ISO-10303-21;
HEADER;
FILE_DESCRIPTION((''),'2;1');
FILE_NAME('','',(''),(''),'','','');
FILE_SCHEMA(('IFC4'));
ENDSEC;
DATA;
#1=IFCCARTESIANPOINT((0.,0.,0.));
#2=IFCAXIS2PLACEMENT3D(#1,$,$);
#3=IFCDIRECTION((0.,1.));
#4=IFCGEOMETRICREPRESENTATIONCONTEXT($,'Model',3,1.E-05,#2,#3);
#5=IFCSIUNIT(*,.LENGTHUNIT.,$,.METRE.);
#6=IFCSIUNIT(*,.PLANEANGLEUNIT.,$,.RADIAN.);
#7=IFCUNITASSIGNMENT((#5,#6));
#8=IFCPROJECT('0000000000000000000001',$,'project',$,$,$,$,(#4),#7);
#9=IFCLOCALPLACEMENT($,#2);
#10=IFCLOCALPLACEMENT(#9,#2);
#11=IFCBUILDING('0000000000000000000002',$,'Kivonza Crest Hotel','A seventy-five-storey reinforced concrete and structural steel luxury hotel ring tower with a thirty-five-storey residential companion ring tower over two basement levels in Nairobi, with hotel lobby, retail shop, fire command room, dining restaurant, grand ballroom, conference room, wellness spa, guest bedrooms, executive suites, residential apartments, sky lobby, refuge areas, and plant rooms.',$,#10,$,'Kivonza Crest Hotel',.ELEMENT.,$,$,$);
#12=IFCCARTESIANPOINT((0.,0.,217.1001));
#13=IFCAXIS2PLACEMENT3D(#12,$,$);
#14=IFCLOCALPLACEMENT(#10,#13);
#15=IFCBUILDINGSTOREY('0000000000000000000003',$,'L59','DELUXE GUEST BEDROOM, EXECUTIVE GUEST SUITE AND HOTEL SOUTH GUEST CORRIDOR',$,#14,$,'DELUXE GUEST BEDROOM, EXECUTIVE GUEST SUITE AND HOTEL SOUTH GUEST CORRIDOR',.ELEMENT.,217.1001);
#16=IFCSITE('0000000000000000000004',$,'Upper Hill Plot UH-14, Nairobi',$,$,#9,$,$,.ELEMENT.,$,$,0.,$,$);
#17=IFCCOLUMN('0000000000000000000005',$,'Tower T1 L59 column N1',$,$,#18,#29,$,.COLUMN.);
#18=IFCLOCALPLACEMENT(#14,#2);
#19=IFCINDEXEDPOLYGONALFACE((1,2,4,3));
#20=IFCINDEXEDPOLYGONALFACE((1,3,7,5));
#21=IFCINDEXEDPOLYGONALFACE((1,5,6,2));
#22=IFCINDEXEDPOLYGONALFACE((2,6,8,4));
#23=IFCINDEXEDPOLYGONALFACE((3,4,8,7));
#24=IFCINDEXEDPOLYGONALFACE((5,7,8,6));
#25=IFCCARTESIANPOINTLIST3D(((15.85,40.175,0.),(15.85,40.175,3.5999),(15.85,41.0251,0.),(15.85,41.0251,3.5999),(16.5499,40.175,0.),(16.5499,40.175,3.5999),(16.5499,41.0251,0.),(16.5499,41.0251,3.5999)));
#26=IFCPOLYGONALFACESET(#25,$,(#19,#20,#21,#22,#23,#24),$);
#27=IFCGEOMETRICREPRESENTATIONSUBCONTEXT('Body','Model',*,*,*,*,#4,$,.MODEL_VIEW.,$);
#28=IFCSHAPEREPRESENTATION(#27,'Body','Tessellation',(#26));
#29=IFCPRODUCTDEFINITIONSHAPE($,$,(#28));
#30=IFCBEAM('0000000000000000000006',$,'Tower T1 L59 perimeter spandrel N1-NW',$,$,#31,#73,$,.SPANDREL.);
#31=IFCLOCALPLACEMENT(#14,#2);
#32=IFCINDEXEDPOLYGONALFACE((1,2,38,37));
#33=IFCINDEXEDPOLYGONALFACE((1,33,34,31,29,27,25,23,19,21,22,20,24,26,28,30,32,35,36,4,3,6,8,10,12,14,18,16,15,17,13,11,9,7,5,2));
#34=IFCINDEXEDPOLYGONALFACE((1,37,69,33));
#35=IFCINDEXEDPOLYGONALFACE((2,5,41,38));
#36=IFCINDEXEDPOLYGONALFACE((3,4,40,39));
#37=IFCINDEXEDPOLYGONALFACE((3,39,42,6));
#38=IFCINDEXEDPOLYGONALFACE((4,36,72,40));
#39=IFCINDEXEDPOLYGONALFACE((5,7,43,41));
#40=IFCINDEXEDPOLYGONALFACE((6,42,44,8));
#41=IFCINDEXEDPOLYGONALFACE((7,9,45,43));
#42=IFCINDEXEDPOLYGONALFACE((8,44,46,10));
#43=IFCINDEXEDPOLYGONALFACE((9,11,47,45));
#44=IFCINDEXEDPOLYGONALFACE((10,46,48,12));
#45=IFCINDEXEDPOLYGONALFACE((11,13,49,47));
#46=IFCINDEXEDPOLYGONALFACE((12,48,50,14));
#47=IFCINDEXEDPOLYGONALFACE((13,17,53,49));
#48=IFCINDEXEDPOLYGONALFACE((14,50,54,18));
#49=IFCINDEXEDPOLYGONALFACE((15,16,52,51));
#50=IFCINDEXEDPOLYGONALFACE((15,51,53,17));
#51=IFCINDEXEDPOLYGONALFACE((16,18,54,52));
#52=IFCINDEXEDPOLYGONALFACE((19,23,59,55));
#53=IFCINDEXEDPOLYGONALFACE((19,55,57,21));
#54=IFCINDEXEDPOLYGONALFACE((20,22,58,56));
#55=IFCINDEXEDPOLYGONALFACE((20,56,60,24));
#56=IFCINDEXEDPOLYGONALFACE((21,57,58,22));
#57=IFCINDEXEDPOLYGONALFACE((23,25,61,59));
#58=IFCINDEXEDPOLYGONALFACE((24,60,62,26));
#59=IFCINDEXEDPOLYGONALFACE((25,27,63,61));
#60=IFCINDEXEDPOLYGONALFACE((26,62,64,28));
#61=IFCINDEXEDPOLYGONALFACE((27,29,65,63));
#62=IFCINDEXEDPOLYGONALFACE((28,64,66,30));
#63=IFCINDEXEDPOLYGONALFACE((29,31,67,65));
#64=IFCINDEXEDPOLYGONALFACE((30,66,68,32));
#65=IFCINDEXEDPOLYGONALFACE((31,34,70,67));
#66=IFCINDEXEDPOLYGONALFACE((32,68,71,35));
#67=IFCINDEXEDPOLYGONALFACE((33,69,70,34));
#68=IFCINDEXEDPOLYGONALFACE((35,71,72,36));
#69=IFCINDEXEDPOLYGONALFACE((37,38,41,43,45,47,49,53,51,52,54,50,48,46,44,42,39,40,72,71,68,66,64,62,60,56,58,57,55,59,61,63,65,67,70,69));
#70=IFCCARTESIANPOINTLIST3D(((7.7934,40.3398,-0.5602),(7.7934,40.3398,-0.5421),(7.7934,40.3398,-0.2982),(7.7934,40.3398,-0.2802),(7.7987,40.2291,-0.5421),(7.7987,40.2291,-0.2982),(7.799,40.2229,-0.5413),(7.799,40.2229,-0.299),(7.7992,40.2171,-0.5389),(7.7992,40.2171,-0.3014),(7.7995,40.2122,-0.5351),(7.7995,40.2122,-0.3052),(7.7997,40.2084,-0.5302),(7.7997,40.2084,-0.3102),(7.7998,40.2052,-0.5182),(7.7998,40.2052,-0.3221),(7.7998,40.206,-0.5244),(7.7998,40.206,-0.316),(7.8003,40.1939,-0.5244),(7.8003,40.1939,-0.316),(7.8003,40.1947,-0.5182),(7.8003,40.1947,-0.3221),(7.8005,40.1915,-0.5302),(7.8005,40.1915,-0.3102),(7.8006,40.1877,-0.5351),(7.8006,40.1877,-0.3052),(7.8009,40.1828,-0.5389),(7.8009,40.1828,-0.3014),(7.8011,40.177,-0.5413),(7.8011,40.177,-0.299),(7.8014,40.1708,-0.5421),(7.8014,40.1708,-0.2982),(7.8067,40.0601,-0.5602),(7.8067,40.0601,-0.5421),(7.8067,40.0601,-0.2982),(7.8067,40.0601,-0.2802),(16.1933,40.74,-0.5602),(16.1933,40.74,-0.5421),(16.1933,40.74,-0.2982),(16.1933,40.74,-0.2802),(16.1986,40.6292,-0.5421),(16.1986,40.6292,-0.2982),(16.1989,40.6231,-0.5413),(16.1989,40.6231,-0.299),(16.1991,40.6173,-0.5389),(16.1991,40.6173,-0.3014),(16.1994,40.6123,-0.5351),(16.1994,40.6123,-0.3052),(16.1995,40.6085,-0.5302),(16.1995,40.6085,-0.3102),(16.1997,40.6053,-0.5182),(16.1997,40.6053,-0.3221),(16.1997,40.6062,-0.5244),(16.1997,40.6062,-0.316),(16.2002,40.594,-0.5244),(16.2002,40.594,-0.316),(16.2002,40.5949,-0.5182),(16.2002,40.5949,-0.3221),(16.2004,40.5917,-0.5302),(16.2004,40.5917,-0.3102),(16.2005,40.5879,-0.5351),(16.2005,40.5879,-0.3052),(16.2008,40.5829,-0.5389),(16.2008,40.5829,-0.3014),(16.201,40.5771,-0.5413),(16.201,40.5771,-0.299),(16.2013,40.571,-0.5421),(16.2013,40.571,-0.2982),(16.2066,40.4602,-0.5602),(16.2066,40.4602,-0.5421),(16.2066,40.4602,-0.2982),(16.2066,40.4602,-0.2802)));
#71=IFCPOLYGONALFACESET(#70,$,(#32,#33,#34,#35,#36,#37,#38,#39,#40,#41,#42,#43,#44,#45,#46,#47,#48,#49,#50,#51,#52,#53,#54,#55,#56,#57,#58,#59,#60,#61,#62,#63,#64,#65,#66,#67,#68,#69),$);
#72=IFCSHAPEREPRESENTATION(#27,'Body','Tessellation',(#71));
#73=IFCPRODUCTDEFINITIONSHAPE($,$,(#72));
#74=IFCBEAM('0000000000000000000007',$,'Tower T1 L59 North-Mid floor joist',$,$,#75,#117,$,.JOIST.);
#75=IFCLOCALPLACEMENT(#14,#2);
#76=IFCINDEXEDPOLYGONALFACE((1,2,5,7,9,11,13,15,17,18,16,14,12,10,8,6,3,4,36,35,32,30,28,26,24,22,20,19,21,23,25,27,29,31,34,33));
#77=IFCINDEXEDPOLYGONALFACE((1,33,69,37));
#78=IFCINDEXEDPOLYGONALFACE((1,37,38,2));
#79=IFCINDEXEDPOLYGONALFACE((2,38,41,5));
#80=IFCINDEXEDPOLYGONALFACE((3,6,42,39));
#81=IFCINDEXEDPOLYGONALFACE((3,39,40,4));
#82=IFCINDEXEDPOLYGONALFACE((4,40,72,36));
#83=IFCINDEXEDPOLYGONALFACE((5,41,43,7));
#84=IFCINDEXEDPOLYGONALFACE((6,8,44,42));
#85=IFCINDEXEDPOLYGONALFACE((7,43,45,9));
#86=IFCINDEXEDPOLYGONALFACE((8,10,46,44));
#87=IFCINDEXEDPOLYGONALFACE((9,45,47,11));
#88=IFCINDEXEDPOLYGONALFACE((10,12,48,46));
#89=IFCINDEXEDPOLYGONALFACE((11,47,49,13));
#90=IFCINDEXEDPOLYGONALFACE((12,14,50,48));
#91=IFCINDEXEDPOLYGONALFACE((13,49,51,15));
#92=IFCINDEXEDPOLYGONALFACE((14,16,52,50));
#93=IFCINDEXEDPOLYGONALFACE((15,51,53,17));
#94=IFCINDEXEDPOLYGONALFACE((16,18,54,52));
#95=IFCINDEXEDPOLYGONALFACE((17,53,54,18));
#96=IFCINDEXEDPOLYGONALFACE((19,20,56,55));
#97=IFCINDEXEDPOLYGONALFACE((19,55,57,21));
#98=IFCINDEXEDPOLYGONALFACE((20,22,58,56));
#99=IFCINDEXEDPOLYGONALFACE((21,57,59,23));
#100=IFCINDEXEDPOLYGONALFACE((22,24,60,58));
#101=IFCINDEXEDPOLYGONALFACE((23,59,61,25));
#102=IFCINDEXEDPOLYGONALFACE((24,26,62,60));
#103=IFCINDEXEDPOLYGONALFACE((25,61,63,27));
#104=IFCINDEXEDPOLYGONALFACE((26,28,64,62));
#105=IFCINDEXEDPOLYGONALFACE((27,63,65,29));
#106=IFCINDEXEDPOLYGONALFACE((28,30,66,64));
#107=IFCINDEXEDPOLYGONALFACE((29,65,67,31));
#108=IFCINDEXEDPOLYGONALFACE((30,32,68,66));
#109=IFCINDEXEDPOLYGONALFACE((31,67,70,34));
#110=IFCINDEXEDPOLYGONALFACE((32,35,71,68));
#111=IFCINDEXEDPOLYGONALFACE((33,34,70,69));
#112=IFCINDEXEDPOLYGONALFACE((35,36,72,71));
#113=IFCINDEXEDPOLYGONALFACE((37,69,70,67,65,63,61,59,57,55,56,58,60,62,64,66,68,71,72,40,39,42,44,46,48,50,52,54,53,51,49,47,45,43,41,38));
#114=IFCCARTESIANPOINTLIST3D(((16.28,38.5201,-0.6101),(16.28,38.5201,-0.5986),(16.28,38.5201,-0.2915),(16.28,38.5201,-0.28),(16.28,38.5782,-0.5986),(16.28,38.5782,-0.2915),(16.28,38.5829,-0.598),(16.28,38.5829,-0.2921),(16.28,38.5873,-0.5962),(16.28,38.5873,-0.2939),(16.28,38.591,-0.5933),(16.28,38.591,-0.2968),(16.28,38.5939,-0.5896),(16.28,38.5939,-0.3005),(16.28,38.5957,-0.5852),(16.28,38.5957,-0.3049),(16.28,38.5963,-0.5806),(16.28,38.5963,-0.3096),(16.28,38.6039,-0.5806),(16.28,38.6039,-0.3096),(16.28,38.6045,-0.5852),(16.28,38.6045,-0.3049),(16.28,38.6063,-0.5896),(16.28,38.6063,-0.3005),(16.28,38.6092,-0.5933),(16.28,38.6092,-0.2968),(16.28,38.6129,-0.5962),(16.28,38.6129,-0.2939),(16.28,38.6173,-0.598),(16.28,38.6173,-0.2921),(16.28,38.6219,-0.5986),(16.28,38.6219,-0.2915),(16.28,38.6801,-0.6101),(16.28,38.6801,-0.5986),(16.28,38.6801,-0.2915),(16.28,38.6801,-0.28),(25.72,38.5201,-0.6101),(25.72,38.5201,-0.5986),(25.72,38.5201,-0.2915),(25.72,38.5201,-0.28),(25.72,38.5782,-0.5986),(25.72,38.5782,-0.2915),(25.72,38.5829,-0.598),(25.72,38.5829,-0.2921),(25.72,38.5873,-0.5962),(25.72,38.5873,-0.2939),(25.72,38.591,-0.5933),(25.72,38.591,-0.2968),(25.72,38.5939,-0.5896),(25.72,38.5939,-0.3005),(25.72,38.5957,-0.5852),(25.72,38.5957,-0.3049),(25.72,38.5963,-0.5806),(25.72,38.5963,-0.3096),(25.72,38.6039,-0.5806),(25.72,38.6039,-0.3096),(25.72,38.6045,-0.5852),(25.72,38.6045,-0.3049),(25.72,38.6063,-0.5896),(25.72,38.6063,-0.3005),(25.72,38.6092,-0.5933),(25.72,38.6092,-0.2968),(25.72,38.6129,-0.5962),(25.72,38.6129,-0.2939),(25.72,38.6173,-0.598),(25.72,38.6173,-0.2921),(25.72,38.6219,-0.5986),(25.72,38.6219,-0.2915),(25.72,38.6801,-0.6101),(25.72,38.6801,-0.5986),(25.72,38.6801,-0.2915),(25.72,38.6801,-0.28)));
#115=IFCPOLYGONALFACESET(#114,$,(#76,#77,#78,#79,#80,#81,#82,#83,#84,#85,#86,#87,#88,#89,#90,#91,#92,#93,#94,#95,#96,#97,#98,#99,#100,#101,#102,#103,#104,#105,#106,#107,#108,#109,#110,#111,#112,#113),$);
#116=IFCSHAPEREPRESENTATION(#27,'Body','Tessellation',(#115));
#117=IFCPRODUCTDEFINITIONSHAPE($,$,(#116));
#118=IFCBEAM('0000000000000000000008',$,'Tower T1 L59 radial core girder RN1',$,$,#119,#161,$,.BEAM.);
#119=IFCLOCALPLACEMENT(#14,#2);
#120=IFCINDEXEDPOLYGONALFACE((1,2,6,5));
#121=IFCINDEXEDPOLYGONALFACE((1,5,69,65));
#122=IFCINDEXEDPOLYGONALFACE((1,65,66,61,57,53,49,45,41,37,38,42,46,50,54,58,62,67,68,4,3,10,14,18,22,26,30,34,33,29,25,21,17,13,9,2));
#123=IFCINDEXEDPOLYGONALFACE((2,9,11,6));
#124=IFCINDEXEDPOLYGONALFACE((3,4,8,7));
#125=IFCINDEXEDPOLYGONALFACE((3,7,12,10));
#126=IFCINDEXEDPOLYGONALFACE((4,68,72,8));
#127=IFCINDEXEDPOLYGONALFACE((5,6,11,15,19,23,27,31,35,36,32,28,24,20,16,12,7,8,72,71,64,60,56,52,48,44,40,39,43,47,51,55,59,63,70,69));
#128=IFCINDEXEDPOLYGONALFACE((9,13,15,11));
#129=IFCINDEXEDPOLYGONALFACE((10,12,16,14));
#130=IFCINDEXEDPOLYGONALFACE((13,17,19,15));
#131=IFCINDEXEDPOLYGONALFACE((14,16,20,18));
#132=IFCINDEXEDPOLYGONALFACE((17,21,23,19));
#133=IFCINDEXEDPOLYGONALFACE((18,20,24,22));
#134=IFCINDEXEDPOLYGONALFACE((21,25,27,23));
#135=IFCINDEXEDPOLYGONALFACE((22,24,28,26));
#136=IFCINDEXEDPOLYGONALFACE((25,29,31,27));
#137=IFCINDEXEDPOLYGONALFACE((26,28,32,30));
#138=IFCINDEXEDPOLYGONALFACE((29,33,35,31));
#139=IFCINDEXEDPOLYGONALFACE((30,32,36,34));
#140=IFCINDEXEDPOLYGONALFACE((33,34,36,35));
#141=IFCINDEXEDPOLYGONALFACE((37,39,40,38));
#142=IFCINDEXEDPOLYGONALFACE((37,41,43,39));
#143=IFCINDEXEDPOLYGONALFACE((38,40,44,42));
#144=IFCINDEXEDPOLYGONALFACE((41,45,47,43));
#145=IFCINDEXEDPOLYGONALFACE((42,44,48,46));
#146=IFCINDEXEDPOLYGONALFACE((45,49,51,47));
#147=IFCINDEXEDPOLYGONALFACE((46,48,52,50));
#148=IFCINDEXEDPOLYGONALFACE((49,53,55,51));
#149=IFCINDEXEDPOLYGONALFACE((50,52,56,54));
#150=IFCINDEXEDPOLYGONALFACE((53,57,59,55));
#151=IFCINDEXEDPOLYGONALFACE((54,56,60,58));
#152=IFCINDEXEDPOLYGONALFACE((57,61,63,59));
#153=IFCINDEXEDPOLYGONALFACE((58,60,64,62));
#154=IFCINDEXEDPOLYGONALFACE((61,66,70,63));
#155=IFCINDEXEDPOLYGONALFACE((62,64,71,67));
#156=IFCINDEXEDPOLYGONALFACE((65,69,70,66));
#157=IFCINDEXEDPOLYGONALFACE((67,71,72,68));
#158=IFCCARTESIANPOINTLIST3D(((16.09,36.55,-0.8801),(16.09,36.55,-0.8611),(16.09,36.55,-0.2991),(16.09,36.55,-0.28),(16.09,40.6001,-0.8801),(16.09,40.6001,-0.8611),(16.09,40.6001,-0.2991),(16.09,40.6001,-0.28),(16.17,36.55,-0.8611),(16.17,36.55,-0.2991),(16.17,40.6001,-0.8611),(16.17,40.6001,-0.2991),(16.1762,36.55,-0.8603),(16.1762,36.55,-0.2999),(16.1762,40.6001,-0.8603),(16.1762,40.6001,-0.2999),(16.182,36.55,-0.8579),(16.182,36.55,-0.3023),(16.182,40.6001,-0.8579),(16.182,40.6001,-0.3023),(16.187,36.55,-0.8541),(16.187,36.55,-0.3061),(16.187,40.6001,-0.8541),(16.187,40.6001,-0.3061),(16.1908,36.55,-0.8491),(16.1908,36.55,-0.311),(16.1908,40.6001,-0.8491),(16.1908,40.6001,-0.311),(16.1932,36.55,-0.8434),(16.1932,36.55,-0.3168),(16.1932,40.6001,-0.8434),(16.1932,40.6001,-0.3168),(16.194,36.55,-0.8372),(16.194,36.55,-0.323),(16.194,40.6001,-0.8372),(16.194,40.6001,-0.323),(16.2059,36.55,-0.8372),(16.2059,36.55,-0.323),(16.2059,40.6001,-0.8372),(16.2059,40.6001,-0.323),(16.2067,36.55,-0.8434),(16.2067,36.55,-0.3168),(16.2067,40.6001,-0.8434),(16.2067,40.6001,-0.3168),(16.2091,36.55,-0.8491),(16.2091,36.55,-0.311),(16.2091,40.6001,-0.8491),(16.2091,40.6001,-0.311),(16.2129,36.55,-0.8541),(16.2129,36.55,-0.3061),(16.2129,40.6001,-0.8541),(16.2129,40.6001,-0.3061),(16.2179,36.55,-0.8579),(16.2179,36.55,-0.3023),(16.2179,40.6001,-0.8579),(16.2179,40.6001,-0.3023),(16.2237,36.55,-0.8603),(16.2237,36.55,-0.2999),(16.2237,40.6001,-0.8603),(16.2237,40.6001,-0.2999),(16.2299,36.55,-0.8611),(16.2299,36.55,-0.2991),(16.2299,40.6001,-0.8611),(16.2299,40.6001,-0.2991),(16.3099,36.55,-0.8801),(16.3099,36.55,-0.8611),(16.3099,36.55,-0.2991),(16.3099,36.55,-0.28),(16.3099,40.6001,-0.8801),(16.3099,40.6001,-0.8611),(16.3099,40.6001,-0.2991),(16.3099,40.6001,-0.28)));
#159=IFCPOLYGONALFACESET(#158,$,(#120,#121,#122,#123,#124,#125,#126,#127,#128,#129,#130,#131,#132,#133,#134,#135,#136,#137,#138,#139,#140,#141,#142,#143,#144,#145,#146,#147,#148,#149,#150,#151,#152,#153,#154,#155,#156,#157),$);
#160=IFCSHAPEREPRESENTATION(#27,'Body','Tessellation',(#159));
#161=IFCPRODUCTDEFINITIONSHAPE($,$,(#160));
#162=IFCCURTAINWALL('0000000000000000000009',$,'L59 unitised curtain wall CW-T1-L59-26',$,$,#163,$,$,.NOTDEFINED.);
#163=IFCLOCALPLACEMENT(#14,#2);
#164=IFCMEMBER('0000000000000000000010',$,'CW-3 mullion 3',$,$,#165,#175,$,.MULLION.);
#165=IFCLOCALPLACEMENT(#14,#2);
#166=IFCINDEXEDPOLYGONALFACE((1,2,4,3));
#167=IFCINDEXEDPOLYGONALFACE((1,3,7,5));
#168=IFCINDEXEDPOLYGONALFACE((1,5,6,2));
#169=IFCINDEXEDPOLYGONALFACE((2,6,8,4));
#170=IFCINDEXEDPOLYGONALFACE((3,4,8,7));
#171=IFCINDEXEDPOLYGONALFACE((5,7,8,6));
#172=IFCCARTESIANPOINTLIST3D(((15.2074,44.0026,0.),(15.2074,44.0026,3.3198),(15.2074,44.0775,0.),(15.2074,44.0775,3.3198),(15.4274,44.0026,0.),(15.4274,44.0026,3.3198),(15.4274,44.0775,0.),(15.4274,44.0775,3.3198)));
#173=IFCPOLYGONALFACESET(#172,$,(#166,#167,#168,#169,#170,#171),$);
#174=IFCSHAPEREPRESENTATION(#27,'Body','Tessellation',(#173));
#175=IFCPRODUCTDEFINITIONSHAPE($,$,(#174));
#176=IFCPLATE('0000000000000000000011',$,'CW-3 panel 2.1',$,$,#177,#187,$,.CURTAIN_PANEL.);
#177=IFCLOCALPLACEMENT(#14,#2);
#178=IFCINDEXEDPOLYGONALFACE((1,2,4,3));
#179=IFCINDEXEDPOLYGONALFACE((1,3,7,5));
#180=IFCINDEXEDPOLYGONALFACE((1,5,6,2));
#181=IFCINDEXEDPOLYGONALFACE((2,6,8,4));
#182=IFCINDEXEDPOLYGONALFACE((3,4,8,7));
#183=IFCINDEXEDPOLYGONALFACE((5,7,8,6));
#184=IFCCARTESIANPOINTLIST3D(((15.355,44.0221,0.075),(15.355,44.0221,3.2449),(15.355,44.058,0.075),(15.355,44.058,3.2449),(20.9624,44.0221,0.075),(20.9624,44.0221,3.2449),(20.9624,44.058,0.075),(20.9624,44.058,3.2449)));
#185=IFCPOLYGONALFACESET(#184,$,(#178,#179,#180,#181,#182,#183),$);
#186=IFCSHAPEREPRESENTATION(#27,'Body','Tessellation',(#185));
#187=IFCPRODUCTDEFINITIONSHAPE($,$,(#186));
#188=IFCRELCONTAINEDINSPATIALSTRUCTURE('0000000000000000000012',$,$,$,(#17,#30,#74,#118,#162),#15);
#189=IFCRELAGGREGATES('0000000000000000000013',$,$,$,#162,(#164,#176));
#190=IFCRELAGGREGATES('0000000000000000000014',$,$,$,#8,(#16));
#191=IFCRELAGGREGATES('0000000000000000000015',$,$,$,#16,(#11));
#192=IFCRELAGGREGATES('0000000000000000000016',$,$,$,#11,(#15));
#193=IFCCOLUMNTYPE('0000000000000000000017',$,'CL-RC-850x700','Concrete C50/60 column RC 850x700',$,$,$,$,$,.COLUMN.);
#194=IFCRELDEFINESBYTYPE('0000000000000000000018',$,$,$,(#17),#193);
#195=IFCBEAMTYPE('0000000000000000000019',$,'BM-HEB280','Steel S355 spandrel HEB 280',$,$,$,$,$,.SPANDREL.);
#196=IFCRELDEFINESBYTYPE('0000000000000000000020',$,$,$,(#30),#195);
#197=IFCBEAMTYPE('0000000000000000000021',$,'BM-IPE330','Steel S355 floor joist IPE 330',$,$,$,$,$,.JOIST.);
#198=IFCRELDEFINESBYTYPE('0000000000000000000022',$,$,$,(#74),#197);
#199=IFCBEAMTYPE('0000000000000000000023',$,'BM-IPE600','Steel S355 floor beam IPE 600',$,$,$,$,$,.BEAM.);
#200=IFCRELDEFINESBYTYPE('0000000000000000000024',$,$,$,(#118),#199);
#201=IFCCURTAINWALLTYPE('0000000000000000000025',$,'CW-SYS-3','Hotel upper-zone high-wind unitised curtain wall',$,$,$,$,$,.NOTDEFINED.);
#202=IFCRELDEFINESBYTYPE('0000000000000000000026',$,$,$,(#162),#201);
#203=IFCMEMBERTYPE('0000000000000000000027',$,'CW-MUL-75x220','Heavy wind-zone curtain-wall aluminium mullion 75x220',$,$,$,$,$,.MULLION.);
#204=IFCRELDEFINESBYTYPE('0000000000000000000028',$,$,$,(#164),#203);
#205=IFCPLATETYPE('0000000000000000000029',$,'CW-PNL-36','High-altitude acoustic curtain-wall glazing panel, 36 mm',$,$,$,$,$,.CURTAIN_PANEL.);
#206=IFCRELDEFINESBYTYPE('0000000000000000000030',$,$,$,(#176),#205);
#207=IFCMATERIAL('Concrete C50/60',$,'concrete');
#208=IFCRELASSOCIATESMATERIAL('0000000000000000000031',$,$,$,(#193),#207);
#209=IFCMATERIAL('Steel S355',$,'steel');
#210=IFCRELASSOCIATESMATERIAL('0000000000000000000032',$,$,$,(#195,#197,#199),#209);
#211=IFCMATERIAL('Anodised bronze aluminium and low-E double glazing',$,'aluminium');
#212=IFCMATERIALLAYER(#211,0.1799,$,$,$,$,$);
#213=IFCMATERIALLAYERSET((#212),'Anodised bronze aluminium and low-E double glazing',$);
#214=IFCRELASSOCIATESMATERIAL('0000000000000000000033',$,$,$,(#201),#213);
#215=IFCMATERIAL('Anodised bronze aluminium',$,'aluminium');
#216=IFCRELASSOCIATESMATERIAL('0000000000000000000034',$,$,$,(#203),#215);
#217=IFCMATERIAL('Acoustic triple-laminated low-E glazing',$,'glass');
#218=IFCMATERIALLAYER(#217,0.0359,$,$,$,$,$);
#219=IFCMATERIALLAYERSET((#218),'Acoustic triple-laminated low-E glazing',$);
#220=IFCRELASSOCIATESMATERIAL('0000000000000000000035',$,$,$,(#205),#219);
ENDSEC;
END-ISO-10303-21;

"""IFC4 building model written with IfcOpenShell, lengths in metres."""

from ifc_helpers import new_model, si_unit, direction, frame, origin, origin_2d, place, context, subcontext, project, spatial, rectangle, i_section, extrude, material, layer, layer_set, material_profile, profile_set, type_object, element, aggregate, save


model = new_model("IFC4")

# Units and contexts
model_context = context("Model", 3, precision=1e-05, world=origin(), true_north=direction((0.0, 1.0)))
body_context = subcontext(model_context, "Body", "Model", "MODEL_VIEW")
ifc_project = project(units=[si_unit("LENGTHUNIT", "METRE"), si_unit("PLANEANGLEUNIT", "RADIAN")], contexts=[model_context])

# Site, building, storey
site_placement = place(None, origin())
site = spatial("IfcSite", under=ifc_project, at=site_placement, Name="Upper Hill Plot UH-14, Nairobi", CompositionType="ELEMENT", RefElevation=0.0)
building_placement = place(site_placement, origin())
building = spatial("IfcBuilding", under=site, at=building_placement, Name="Kivonza Crest Hotel", Description="A seventy-five-storey reinforced concrete and structural steel luxury hotel ring tower with a thirty-five-storey residential companion ring tower over two basement levels in Nairobi, with hotel lobby, retail shop, fire command room, dining restaurant, grand ballroom, conference room, wellness spa, guest bedrooms, executive suites, residential apartments, sky lobby, refuge areas, and plant rooms.", LongName="Kivonza Crest Hotel", CompositionType="ELEMENT")
storey_placement = place(building_placement, frame((0.0, 0.0, 217.1001)))
storey = spatial("IfcBuildingStorey", under=building, at=storey_placement, Name="L59", Description="DELUXE GUEST BEDROOM, EXECUTIVE GUEST SUITE AND HOTEL SOUTH GUEST CORRIDOR", LongName="DELUXE GUEST BEDROOM, EXECUTIVE GUEST SUITE AND HOTEL SOUTH GUEST CORRIDOR", CompositionType="ELEMENT", Elevation=217.1001)

# Column
ifc_material_1 = material(Name="Concrete C50/60", Category="concrete")
ifc_material_profile_1 = material_profile(ifc_material_1, rectangle(XDim=0.7, YDim=0.8501, at=origin_2d()), Name="RC 850x700")
ifc_profile_set_1 = profile_set([ifc_material_profile_1], Name="Concrete C50/60")
column_type = type_object("IfcColumnType", Name="CL-RC-850x700", Description="Concrete C50/60 column RC 850x700", PredefinedType="COLUMN", material=ifc_profile_set_1)
column_placement = place(storey_placement, frame((16.2, 40.6001, 0.0), z_axis=(0.0, 0.0, 1.0), x_axis=(1.0, 0.0, 0.0)))
element("IfcColumn", 1, at=column_placement, inside=storey, type_object=column_type, Name="Tower T1 L59 column N1", PredefinedType="COLUMN", context=body_context, shape_type="SweptSolid", body=[
    extrude(rectangle(XDim=0.7, YDim=0.8501, at=origin_2d()), origin(), (0.0, 0.0, 1.0), 3.5999),
])

# Beams
ifc_material_2 = material(Name="Steel S355", Category="steel")
ifc_material_profile_2 = material_profile(ifc_material_2, i_section(OverallWidth=0.28, OverallDepth=0.28, WebThickness=0.0105, FlangeThickness=0.0181, FilletRadius=0.0239, at=origin_2d()), Name="HEB 280")
ifc_profile_set_2 = profile_set([ifc_material_profile_2], Name="Steel S355")
beam_type_1 = type_object("IfcBeamType", Name="BM-HEB280", Description="Steel S355 spandrel HEB 280", PredefinedType="SPANDREL", material=ifc_profile_set_2)
beam_1_placement = place(storey_placement, frame((16.2, 40.6001, -0.4202), z_axis=(-0.998867, -0.047583, 0.0), x_axis=(0.047583, -0.998867, 0.0)))
element("IfcBeam", 2, at=beam_1_placement, inside=storey, type_object=beam_type_1, Name="Tower T1 L59 perimeter spandrel N1-NW", PredefinedType="SPANDREL", context=body_context, shape_type="SweptSolid", body=[
    extrude(i_section(OverallWidth=0.28, OverallDepth=0.28, WebThickness=0.0105, FlangeThickness=0.0181, FilletRadius=0.0239, at=origin_2d()), origin(), (0.0, 0.0, 1.0), 8.4094),
])
ifc_material_profile_3 = material_profile(ifc_material_2, i_section(OverallWidth=0.1599, OverallDepth=0.3301, WebThickness=0.0076, FlangeThickness=0.0115, FilletRadius=0.0181, at=origin_2d()), Name="IPE 330")
ifc_profile_set_3 = profile_set([ifc_material_profile_3], Name="Steel S355")
beam_type_2 = type_object("IfcBeamType", Name="BM-IPE330", Description="Steel S355 floor joist IPE 330", PredefinedType="JOIST", material=ifc_profile_set_3)
beam_2_placement = place(storey_placement, frame((16.28, 38.6001, -0.4451), z_axis=(1.0, 0.0, 0.0), x_axis=(0.0, 1.0, 0.0)))
element("IfcBeam", 3, at=beam_2_placement, inside=storey, type_object=beam_type_2, Name="Tower T1 L59 North-Mid floor joist", PredefinedType="JOIST", context=body_context, shape_type="SweptSolid", body=[
    extrude(i_section(OverallWidth=0.1599, OverallDepth=0.3301, WebThickness=0.0076, FlangeThickness=0.0115, FilletRadius=0.0181, at=origin_2d()), origin(), (0.0, 0.0, 1.0), 9.4399),
])
ifc_material_profile_4 = material_profile(ifc_material_2, i_section(OverallWidth=0.22, OverallDepth=0.6001, WebThickness=0.012, FlangeThickness=0.019, FilletRadius=0.0239, at=origin_2d()), Name="IPE 600")
ifc_profile_set_4 = profile_set([ifc_material_profile_4], Name="Steel S355")
beam_type_3 = type_object("IfcBeamType", Name="BM-IPE600", Description="Steel S355 floor beam IPE 600", PredefinedType="BEAM", material=ifc_profile_set_4)
beam_3_placement = place(storey_placement, frame((16.2, 40.6001, -0.5801), z_axis=(0.0, -1.0, 0.0), x_axis=(1.0, 0.0, 0.0)))
element("IfcBeam", 4, at=beam_3_placement, inside=storey, type_object=beam_type_3, Name="Tower T1 L59 radial core girder RN1", PredefinedType="BEAM", context=body_context, shape_type="SweptSolid", body=[
    extrude(i_section(OverallWidth=0.22, OverallDepth=0.6001, WebThickness=0.012, FlangeThickness=0.019, FilletRadius=0.0239, at=origin_2d()), origin(), (0.0, 0.0, 1.0), 4.05),
])

# Curtain wall, member, plate
ifc_material_3 = material(Name="Anodised bronze aluminium and low-E double glazing", Category="aluminium")
ifc_layer_1 = layer(ifc_material_3, 0.1799)
ifc_layer_set_1 = layer_set([ifc_layer_1], Name="Anodised bronze aluminium and low-E double glazing")
curtain_wall_type = type_object("IfcCurtainWallType", Name="CW-SYS-3", Description="Hotel upper-zone high-wind unitised curtain wall", PredefinedType="NOTDEFINED", material=ifc_layer_set_1)
curtain_wall_placement = place(storey_placement, origin())
curtain_wall = element("IfcCurtainWall", 5, at=curtain_wall_placement, inside=storey, type_object=curtain_wall_type, Name="L59 unitised curtain wall CW-T1-L59-26", PredefinedType="NOTDEFINED")
ifc_material_4 = material(Name="Anodised bronze aluminium", Category="aluminium")
ifc_material_profile_5 = material_profile(ifc_material_4, rectangle(XDim=0.075, YDim=0.22, at=origin_2d()), Name="CW-M 75x220")
ifc_profile_set_5 = profile_set([ifc_material_profile_5], Name="Anodised bronze aluminium")
member_type = type_object("IfcMemberType", Name="CW-MUL-75x220", Description="Heavy wind-zone curtain-wall aluminium mullion 75x220", PredefinedType="MULLION", material=ifc_profile_set_5)
member_placement = place(storey_placement, frame((15.3174, 44.04, 0.0), z_axis=(0.0, 0.0, 1.0), x_axis=(0.0, -1.0, 0.0)))
member = element("IfcMember", 6, at=member_placement, type_object=member_type, Name="CW-3 mullion 3", PredefinedType="MULLION", context=body_context, shape_type="SweptSolid", body=[
    extrude(rectangle(XDim=0.075, YDim=0.22, at=origin_2d()), origin(), (0.0, 0.0, 1.0), 3.3198),
])
ifc_material_5 = material(Name="Acoustic triple-laminated low-E glazing", Category="glass")
ifc_layer_2 = layer(ifc_material_5, 0.0359)
ifc_layer_set_2 = layer_set([ifc_layer_2], Name="Acoustic triple-laminated low-E glazing")
plate_type = type_object("IfcPlateType", Name="CW-PNL-36", Description="High-altitude acoustic curtain-wall glazing panel, 36 mm", PredefinedType="CURTAIN_PANEL", material=ifc_layer_set_2)
plate_placement = place(storey_placement, frame((18.1587, 44.04, 0.075), z_axis=(0.0, 0.0, 1.0), x_axis=(-1.0, 0.0, 0.0)))
plate = element("IfcPlate", 7, at=plate_placement, type_object=plate_type, Name="CW-3 panel 2.1", PredefinedType="CURTAIN_PANEL", context=body_context, shape_type="SweptSolid", body=[
    extrude(rectangle(XDim=5.6074, YDim=0.0359, at=origin_2d()), origin(), (0.0, 0.0, 1.0), 3.1699),
])
aggregate(curtain_wall, [member, plate])

save(model, "model.ifc")
